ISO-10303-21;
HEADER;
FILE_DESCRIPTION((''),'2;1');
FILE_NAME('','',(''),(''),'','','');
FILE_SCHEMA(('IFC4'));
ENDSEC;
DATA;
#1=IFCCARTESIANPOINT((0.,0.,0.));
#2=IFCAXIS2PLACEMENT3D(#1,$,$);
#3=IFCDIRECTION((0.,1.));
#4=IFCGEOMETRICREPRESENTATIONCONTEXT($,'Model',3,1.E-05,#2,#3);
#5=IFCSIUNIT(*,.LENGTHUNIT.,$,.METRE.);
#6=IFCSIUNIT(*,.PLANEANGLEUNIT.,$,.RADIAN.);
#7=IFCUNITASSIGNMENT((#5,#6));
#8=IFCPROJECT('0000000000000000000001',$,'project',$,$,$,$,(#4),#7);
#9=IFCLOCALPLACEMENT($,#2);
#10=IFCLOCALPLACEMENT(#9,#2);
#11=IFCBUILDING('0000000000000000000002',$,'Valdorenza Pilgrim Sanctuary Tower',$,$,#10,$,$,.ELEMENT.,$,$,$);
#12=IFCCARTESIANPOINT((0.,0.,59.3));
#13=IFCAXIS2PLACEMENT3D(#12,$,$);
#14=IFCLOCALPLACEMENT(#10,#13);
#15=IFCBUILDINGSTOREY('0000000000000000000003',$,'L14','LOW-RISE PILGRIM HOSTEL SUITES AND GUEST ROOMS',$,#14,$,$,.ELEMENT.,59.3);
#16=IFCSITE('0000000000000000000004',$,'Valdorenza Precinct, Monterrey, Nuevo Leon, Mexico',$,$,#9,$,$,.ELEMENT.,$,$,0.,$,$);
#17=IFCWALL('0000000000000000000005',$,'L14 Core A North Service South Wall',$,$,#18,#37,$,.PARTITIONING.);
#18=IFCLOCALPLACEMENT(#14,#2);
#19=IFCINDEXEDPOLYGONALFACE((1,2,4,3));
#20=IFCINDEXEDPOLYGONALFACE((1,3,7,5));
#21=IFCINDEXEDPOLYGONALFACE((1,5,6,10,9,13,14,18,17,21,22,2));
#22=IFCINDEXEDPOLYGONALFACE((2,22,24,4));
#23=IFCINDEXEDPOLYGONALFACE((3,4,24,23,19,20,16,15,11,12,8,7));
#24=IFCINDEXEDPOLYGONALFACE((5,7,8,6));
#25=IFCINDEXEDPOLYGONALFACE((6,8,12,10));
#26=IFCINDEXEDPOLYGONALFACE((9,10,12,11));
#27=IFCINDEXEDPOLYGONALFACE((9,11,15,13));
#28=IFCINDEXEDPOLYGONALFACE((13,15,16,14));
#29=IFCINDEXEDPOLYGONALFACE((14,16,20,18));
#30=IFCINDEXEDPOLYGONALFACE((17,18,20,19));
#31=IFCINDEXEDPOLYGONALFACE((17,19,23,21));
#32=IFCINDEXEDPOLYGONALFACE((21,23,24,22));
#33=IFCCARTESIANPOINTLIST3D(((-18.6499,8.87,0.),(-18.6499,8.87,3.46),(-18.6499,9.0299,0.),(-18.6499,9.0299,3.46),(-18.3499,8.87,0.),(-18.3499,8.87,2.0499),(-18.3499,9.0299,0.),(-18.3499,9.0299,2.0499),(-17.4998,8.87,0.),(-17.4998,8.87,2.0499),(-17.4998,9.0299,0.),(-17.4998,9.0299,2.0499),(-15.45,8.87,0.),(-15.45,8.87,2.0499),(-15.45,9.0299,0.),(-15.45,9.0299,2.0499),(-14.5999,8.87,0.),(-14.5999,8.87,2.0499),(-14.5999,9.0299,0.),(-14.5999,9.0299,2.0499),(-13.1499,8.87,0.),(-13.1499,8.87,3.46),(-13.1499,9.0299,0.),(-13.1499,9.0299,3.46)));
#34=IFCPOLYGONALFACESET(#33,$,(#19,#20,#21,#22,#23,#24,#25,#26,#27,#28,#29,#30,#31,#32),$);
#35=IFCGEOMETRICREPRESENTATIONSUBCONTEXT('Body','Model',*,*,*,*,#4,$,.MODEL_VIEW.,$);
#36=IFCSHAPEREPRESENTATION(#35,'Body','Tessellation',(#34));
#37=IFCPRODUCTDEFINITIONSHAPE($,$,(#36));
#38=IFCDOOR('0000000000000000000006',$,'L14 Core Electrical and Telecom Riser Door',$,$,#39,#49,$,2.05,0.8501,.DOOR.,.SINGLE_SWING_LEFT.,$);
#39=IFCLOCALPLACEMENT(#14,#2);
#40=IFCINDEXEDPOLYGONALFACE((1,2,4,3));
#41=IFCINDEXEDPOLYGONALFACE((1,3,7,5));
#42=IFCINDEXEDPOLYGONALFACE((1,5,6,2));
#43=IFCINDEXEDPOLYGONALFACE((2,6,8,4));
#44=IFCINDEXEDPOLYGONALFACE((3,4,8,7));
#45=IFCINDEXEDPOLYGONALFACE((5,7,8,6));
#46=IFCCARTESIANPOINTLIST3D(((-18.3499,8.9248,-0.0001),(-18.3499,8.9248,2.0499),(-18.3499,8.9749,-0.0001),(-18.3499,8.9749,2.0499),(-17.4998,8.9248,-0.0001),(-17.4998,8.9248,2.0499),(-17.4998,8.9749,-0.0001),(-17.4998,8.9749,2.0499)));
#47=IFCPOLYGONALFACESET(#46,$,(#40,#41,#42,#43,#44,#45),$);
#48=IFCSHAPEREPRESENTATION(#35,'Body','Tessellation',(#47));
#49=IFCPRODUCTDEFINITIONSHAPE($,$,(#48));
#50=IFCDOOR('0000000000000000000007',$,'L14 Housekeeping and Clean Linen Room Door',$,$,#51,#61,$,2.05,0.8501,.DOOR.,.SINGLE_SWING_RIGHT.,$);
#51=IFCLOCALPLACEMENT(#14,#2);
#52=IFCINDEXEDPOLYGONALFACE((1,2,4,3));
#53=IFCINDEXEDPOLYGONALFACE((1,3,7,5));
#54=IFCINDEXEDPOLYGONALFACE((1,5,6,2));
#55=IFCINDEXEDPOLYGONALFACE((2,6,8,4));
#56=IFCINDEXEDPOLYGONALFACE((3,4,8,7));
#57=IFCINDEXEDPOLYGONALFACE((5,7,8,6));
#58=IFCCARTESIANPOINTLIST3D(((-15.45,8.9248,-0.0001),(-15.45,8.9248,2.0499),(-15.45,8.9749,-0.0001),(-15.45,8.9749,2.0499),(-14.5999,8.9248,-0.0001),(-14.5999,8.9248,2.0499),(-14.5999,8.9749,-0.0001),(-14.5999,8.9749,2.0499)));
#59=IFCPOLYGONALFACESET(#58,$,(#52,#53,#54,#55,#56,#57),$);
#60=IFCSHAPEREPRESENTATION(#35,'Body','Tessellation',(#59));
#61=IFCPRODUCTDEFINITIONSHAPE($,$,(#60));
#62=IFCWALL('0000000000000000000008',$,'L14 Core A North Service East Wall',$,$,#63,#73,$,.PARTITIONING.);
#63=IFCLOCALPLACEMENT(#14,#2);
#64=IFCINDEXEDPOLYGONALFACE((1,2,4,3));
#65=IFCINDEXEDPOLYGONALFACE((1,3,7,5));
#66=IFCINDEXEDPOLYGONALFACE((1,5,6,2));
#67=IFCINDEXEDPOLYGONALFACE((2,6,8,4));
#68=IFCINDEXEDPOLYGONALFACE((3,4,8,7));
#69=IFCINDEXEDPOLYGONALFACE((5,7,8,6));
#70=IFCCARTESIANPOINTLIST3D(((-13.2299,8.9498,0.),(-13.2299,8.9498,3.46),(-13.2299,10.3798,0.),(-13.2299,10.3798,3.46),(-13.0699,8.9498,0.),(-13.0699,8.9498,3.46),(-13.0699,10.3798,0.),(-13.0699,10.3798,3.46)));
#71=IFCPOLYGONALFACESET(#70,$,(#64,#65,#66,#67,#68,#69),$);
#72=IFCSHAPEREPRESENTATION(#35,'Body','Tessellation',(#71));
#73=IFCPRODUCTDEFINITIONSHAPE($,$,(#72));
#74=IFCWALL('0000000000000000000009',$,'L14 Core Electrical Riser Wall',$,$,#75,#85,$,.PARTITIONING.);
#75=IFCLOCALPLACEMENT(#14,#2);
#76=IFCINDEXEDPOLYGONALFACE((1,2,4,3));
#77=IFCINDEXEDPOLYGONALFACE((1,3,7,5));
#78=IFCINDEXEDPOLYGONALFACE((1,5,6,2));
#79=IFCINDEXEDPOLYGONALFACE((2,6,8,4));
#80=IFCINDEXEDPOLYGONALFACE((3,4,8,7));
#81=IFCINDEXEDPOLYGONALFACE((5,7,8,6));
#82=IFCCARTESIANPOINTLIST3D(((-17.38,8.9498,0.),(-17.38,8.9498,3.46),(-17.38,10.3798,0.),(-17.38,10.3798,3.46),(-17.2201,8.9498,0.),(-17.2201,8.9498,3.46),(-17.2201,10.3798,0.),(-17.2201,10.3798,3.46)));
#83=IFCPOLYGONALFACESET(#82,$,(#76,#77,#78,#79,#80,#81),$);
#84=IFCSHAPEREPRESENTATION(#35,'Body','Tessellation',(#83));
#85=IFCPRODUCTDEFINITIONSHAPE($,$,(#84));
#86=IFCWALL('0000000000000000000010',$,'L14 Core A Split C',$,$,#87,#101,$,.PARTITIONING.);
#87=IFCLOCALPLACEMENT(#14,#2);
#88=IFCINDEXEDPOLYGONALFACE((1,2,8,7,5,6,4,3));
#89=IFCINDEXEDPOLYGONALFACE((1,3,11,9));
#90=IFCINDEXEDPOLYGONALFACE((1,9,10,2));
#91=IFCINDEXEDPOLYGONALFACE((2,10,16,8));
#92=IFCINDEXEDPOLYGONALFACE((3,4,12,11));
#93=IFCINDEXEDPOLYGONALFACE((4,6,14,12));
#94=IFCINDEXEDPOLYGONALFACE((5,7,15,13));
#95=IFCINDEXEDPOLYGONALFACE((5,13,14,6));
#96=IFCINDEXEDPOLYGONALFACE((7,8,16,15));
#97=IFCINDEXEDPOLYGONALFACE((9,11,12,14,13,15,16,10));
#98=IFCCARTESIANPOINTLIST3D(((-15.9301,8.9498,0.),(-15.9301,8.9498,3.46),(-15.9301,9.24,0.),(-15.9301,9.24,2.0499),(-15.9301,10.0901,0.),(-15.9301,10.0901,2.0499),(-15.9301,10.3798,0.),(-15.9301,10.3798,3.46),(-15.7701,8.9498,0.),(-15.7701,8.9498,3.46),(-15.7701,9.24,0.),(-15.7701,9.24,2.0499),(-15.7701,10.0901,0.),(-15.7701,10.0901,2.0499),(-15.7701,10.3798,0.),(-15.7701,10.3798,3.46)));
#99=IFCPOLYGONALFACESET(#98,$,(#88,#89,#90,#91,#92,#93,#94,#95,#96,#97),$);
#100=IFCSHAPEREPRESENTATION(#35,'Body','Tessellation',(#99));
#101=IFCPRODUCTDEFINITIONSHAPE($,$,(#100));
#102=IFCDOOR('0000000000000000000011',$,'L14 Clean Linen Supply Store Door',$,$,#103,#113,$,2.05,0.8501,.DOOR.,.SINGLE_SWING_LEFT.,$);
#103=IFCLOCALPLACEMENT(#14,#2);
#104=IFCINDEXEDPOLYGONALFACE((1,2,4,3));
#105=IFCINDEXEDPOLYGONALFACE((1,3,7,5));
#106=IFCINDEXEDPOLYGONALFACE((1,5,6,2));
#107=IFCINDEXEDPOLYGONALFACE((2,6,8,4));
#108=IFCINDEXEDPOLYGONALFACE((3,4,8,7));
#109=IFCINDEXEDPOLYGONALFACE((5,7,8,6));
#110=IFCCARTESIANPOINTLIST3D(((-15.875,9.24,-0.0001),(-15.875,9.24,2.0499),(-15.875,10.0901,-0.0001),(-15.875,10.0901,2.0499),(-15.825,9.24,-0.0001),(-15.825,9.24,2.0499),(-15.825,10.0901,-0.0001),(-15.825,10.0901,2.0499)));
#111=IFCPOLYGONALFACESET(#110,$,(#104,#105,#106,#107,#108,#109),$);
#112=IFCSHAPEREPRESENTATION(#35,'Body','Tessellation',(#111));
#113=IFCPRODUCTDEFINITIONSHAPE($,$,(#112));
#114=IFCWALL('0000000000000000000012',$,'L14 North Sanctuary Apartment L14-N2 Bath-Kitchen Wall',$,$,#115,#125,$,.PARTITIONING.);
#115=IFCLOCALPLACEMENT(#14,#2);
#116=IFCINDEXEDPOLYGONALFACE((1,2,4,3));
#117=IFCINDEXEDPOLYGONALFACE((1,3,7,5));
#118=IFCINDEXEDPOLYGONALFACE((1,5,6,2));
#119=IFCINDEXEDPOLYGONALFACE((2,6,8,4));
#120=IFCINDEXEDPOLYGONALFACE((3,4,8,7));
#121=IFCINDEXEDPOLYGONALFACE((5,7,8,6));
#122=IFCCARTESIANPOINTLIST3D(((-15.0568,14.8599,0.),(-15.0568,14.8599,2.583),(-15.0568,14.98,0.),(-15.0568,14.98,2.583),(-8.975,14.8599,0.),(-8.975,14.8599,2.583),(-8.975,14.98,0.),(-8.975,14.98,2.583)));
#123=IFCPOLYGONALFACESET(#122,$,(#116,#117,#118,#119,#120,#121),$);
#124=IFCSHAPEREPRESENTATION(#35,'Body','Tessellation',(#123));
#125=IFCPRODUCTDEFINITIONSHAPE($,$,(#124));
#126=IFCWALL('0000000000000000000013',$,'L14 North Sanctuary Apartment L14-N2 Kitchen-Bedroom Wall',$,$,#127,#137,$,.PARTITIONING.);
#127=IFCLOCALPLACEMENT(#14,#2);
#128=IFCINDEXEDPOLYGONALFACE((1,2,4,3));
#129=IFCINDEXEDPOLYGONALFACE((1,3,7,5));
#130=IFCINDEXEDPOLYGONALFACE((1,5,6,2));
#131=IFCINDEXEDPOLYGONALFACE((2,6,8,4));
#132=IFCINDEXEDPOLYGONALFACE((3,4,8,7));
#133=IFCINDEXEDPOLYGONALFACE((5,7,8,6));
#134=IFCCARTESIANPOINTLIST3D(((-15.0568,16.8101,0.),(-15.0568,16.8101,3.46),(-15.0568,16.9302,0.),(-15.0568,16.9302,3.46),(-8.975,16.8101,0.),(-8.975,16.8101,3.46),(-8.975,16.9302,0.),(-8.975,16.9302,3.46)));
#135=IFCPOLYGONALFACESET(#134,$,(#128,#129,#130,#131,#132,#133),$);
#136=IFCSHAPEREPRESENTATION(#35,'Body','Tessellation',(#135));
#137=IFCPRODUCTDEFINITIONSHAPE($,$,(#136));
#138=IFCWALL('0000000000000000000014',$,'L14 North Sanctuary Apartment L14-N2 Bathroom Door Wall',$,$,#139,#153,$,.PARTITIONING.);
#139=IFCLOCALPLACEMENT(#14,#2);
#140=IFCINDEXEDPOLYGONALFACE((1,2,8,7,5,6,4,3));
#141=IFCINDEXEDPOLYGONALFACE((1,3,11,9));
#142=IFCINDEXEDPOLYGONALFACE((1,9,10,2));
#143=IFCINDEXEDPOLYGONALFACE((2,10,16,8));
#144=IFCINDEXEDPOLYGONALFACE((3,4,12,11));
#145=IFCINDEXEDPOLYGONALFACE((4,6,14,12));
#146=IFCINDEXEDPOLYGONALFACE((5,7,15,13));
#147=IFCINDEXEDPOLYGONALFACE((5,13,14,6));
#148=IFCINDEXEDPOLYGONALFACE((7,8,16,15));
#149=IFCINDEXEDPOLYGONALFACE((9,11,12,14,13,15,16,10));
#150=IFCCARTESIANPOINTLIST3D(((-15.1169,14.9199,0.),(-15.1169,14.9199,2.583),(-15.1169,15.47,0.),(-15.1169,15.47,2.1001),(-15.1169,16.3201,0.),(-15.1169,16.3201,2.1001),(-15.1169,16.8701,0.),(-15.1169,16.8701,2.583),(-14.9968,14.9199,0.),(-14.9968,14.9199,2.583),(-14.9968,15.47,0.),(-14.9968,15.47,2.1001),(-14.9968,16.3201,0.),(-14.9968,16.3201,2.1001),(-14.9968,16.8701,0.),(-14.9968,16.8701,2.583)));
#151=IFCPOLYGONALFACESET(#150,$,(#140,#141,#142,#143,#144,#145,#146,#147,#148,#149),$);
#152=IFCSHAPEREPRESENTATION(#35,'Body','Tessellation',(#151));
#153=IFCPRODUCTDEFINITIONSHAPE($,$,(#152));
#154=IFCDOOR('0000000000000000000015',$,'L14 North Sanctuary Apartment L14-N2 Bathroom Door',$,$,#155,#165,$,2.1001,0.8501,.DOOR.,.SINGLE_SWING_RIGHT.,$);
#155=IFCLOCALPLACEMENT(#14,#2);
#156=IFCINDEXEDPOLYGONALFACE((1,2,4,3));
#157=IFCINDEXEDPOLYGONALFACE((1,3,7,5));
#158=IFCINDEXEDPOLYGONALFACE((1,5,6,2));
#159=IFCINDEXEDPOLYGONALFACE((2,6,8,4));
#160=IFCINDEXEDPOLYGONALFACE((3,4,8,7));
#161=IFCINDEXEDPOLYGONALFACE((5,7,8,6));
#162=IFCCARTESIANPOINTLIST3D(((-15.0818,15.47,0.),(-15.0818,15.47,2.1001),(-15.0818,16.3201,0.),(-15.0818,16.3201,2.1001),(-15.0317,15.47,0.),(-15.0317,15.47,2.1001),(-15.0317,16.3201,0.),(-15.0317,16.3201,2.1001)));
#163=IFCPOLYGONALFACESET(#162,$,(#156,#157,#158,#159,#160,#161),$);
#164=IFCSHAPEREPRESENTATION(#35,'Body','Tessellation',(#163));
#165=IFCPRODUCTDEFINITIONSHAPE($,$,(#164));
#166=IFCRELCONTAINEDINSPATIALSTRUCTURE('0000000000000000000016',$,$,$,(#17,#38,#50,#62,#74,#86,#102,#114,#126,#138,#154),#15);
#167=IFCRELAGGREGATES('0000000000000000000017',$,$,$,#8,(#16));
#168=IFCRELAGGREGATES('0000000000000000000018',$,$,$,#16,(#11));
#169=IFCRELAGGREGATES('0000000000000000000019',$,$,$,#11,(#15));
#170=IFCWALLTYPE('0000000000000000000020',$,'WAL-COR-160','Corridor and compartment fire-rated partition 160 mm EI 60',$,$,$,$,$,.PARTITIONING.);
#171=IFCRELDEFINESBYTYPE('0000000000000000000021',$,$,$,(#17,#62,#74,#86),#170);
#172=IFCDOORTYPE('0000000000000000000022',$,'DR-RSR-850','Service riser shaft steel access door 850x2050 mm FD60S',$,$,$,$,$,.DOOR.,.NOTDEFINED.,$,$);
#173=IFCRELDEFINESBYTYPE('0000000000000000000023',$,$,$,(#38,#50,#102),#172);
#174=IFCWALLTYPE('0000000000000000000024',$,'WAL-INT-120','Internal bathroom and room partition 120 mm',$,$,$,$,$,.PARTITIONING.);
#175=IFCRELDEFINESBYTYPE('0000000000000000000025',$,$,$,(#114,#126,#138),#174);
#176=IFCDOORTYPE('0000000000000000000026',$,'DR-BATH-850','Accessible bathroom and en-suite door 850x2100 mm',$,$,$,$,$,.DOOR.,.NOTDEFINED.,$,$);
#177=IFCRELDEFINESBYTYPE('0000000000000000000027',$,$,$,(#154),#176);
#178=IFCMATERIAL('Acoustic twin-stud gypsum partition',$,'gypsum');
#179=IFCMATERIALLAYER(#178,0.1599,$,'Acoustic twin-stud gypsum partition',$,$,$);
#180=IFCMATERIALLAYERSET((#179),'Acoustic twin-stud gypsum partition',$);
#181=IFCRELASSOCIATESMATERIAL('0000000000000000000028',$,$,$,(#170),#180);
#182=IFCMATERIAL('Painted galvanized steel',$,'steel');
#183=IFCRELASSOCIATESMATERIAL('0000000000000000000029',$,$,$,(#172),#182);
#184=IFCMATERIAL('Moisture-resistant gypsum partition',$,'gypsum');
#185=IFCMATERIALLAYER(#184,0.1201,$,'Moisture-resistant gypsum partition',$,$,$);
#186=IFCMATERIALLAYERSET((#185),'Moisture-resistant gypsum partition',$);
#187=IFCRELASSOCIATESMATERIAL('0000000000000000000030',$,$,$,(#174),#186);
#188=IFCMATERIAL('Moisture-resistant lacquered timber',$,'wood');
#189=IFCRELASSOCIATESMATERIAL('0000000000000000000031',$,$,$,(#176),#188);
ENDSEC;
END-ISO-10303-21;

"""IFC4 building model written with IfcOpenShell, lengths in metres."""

from ifc_helpers import new_model, si_unit, direction, frame, frame_2d, origin, place, context, subcontext, project, spatial, rectangle, extrude, material, layer, layer_set, type_object, element, fill, save


model = new_model("IFC4")

# Units and contexts
model_context = context("Model", 3, precision=1e-05, world=origin(), true_north=direction((0.0, 1.0)))
body_context = subcontext(model_context, "Body", "Model", "MODEL_VIEW")
ifc_project = project(units=[si_unit("LENGTHUNIT", "METRE"), si_unit("PLANEANGLEUNIT", "RADIAN")], contexts=[model_context])

# Site, building, storey
site_placement = place(None, origin())
site = spatial("IfcSite", under=ifc_project, at=site_placement, Name="Valdorenza Precinct, Monterrey, Nuevo Leon, Mexico", CompositionType="ELEMENT", RefElevation=0.0)
building_placement = place(site_placement, origin())
building = spatial("IfcBuilding", under=site, at=building_placement, Name="Valdorenza Pilgrim Sanctuary Tower", CompositionType="ELEMENT")
storey_placement = place(building_placement, frame((0.0, 0.0, 59.3)))
storey = spatial("IfcBuildingStorey", under=building, at=storey_placement, Name="L14", Description="LOW-RISE PILGRIM HOSTEL SUITES AND GUEST ROOMS", CompositionType="ELEMENT", Elevation=59.3)

# Wall, openings, doors
ifc_material_1 = material(Name="Acoustic twin-stud gypsum partition", Category="gypsum")
ifc_layer_1 = layer(ifc_material_1, 0.1599, Name="Acoustic twin-stud gypsum partition")
ifc_layer_set_1 = layer_set([ifc_layer_1], Name="Acoustic twin-stud gypsum partition")
wall_type_1 = type_object("IfcWallType", Name="WAL-COR-160", Description="Corridor and compartment fire-rated partition 160 mm EI 60", PredefinedType="PARTITIONING", material=ifc_layer_set_1)
wall_1_placement = place(storey_placement, frame((-18.6499, 8.95, 0.0), z_axis=(0.0, 0.0, 1.0), x_axis=(1.0, 0.0, 0.0)))
wall_1 = element("IfcWall", 1, at=wall_1_placement, inside=storey, type_object=wall_type_1, Name="L14 Core A North Service South Wall", PredefinedType="PARTITIONING", context=body_context, shape_type="SweptSolid", body=[
    extrude(rectangle(XDim=5.5, YDim=0.1599, at=frame_2d((2.75, 0.0))), origin(), (0.0, 0.0, 1.0), 3.46),
])
opening_1_placement = place(wall_1_placement, frame((0.3, 0.0, 0.0)))
opening_1 = element("IfcOpeningElement", 2, at=opening_1_placement, cuts=wall_1, PredefinedType="OPENING", context=body_context, shape_type="SweptSolid", body=[
    extrude(rectangle(XDim=0.8501, YDim=2.05, at=frame_2d((0.425, 1.0249))), frame((0.0, 0.0947, 0.0), z_axis=(0.0, -1.0, 0.0), x_axis=(1.0, 0.0, 0.0)), (0.0, 0.0, 1.0), 0.1897),
])
opening_2_placement = place(wall_1_placement, frame((3.2, 0.0, 0.0)))
opening_2 = element("IfcOpeningElement", 3, at=opening_2_placement, cuts=wall_1, PredefinedType="OPENING", context=body_context, shape_type="SweptSolid", body=[
    extrude(rectangle(XDim=0.8501, YDim=2.05, at=frame_2d((0.425, 1.0249))), frame((0.0, 0.0947, 0.0), z_axis=(0.0, -1.0, 0.0), x_axis=(1.0, 0.0, 0.0)), (0.0, 0.0, 1.0), 0.1897),
])
ifc_material_2 = material(Name="Painted galvanized steel", Category="steel")
door_type_1 = type_object("IfcDoorType", Name="DR-RSR-850", Description="Service riser shaft steel access door 850x2050 mm FD60S", OperationType="NOTDEFINED", PredefinedType="DOOR", material=ifc_material_2)
door_1_placement = place(opening_1_placement, origin())
door_1 = element("IfcDoor", 4, at=door_1_placement, inside=storey, type_object=door_type_1, Name="L14 Core Electrical and Telecom Riser Door", OperationType="SINGLE_SWING_LEFT", OverallHeight=2.05, OverallWidth=0.8501, PredefinedType="DOOR", context=body_context, shape_type="SweptSolid", body=[
    extrude(rectangle(XDim=0.8501, YDim=2.05, at=frame_2d((0.425, 1.0249))), frame((0.0, 0.0249, 0.0), z_axis=(0.0, -1.0, 0.0), x_axis=(1.0, 0.0, 0.0)), (0.0, 0.0, 1.0), 0.05),
])
fill(opening_1, door_1)
door_2_placement = place(opening_2_placement, origin())
door_2 = element("IfcDoor", 5, at=door_2_placement, inside=storey, type_object=door_type_1, Name="L14 Housekeeping and Clean Linen Room Door", OperationType="SINGLE_SWING_RIGHT", OverallHeight=2.05, OverallWidth=0.8501, PredefinedType="DOOR", context=body_context, shape_type="SweptSolid", body=[
    extrude(rectangle(XDim=0.8501, YDim=2.05, at=frame_2d((0.425, 1.0249))), frame((0.0, 0.0249, 0.0), z_axis=(0.0, -1.0, 0.0), x_axis=(1.0, 0.0, 0.0)), (0.0, 0.0, 1.0), 0.05),
])
fill(opening_2, door_2)

# Walls
for number, where, z_axis, x_axis, name in (
    (6, (-13.1499, 8.95, 0.0), (0.0, 0.0, 1.0), (0.0, 1.0, 0.0), "L14 Core A North Service East Wall"),
    (7, (-17.3, 8.95, 0.0), (0.0, 0.0, 1.0), (0.0, 1.0, 0.0), "L14 Core Electrical Riser Wall"),
):
    element("IfcWall", number, at=place(storey_placement, frame(where, z_axis=z_axis, x_axis=x_axis)), inside=storey, type_object=wall_type_1, Name=name, PredefinedType="PARTITIONING", context=body_context, shape_type="SweptSolid", body=[
        extrude(rectangle(XDim=1.4299, YDim=0.1599, at=frame_2d((0.7148, 0.0))), origin(), (0.0, 0.0, 1.0), 3.46),
    ])

# Wall, opening, door
wall_2_placement = place(storey_placement, frame((-15.8501, 8.95, 0.0), z_axis=(0.0, 0.0, 1.0), x_axis=(0.0, 1.0, 0.0)))
wall_2 = element("IfcWall", 8, at=wall_2_placement, inside=storey, type_object=wall_type_1, Name="L14 Core A Split C", PredefinedType="PARTITIONING", context=body_context, shape_type="SweptSolid", body=[
    extrude(rectangle(XDim=1.4299, YDim=0.1599, at=frame_2d((0.7148, 0.0))), origin(), (0.0, 0.0, 1.0), 3.46),
])
opening_3_placement = place(wall_2_placement, frame((0.29, 0.0, 0.0)))
opening_3 = element("IfcOpeningElement", 9, at=opening_3_placement, cuts=wall_2, PredefinedType="OPENING", context=body_context, shape_type="SweptSolid", body=[
    extrude(rectangle(XDim=0.8501, YDim=2.05, at=frame_2d((0.425, 1.0249))), frame((0.0, 0.0947, 0.0), z_axis=(0.0, -1.0, 0.0), x_axis=(1.0, 0.0, 0.0)), (0.0, 0.0, 1.0), 0.1897),
])
door_3_placement = place(opening_3_placement, origin())
door_3 = element("IfcDoor", 10, at=door_3_placement, inside=storey, type_object=door_type_1, Name="L14 Clean Linen Supply Store Door", OperationType="SINGLE_SWING_LEFT", OverallHeight=2.05, OverallWidth=0.8501, PredefinedType="DOOR", context=body_context, shape_type="SweptSolid", body=[
    extrude(rectangle(XDim=0.8501, YDim=2.05, at=frame_2d((0.425, 1.0249))), frame((0.0, 0.0249, 0.0), z_axis=(0.0, -1.0, 0.0), x_axis=(1.0, 0.0, 0.0)), (0.0, 0.0, 1.0), 0.05),
])
fill(opening_3, door_3)

# Walls
ifc_material_3 = material(Name="Moisture-resistant gypsum partition", Category="gypsum")
ifc_layer_2 = layer(ifc_material_3, 0.1201, Name="Moisture-resistant gypsum partition")
ifc_layer_set_2 = layer_set([ifc_layer_2], Name="Moisture-resistant gypsum partition")
wall_type_2 = type_object("IfcWallType", Name="WAL-INT-120", Description="Internal bathroom and room partition 120 mm", PredefinedType="PARTITIONING", material=ifc_layer_set_2)
wall_3_placement = place(storey_placement, frame((-15.0569, 14.9199, 0.0), z_axis=(0.0, 0.0, 1.0), x_axis=(1.0, 0.0, 0.0)))
element("IfcWall", 11, at=wall_3_placement, inside=storey, type_object=wall_type_2, Name="L14 North Sanctuary Apartment L14-N2 Bath-Kitchen Wall", PredefinedType="PARTITIONING", context=body_context, shape_type="SweptSolid", body=[
    extrude(rectangle(XDim=6.0818, YDim=0.1201, at=frame_2d((3.041, 0.0))), origin(), (0.0, 0.0, 1.0), 2.583),
])
wall_4_placement = place(storey_placement, frame((-15.0569, 16.8701, 0.0), z_axis=(0.0, 0.0, 1.0), x_axis=(1.0, 0.0, 0.0)))
element("IfcWall", 12, at=wall_4_placement, inside=storey, type_object=wall_type_2, Name="L14 North Sanctuary Apartment L14-N2 Kitchen-Bedroom Wall", PredefinedType="PARTITIONING", context=body_context, shape_type="SweptSolid", body=[
    extrude(rectangle(XDim=6.0818, YDim=0.1201, at=frame_2d((3.041, 0.0))), origin(), (0.0, 0.0, 1.0), 3.46),
])

# Wall, opening, door
wall_5_placement = place(storey_placement, frame((-15.0569, 14.9199, 0.0), z_axis=(0.0, 0.0, 1.0), x_axis=(0.0, 1.0, 0.0)))
wall_5 = element("IfcWall", 13, at=wall_5_placement, inside=storey, type_object=wall_type_2, Name="L14 North Sanctuary Apartment L14-N2 Bathroom Door Wall", PredefinedType="PARTITIONING", context=body_context, shape_type="SweptSolid", body=[
    extrude(rectangle(XDim=1.9502, YDim=0.1201, at=frame_2d((0.9751, 0.0))), origin(), (0.0, 0.0, 1.0), 2.583),
])
opening_4_placement = place(wall_5_placement, frame((0.55, 0.0, 0.0)))
opening_4 = element("IfcOpeningElement", 14, at=opening_4_placement, cuts=wall_5, PredefinedType="OPENING", context=body_context, shape_type="SweptSolid", body=[
    extrude(rectangle(XDim=0.8501, YDim=2.1001, at=frame_2d((0.425, 1.05))), frame((0.0, 0.075, 0.0), z_axis=(0.0, -1.0, 0.0), x_axis=(1.0, 0.0, 0.0)), (0.0, 0.0, 1.0), 0.1499),
])
ifc_material_4 = material(Name="Moisture-resistant lacquered timber", Category="wood")
door_type_2 = type_object("IfcDoorType", Name="DR-BATH-850", Description="Accessible bathroom and en-suite door 850x2100 mm", OperationType="NOTDEFINED", PredefinedType="DOOR", material=ifc_material_4)
door_4_placement = place(opening_4_placement, origin())
door_4 = element("IfcDoor", 15, at=door_4_placement, inside=storey, type_object=door_type_2, Name="L14 North Sanctuary Apartment L14-N2 Bathroom Door", OperationType="SINGLE_SWING_RIGHT", OverallHeight=2.1001, OverallWidth=0.8501, PredefinedType="DOOR", context=body_context, shape_type="SweptSolid", body=[
    extrude(rectangle(XDim=0.8501, YDim=2.1001, at=frame_2d((0.425, 1.05))), frame((0.0, 0.0249, 0.0), z_axis=(0.0, -1.0, 0.0), x_axis=(1.0, 0.0, 0.0)), (0.0, 0.0, 1.0), 0.05),
])
fill(opening_4, door_4)

save(model, "model.ifc")
